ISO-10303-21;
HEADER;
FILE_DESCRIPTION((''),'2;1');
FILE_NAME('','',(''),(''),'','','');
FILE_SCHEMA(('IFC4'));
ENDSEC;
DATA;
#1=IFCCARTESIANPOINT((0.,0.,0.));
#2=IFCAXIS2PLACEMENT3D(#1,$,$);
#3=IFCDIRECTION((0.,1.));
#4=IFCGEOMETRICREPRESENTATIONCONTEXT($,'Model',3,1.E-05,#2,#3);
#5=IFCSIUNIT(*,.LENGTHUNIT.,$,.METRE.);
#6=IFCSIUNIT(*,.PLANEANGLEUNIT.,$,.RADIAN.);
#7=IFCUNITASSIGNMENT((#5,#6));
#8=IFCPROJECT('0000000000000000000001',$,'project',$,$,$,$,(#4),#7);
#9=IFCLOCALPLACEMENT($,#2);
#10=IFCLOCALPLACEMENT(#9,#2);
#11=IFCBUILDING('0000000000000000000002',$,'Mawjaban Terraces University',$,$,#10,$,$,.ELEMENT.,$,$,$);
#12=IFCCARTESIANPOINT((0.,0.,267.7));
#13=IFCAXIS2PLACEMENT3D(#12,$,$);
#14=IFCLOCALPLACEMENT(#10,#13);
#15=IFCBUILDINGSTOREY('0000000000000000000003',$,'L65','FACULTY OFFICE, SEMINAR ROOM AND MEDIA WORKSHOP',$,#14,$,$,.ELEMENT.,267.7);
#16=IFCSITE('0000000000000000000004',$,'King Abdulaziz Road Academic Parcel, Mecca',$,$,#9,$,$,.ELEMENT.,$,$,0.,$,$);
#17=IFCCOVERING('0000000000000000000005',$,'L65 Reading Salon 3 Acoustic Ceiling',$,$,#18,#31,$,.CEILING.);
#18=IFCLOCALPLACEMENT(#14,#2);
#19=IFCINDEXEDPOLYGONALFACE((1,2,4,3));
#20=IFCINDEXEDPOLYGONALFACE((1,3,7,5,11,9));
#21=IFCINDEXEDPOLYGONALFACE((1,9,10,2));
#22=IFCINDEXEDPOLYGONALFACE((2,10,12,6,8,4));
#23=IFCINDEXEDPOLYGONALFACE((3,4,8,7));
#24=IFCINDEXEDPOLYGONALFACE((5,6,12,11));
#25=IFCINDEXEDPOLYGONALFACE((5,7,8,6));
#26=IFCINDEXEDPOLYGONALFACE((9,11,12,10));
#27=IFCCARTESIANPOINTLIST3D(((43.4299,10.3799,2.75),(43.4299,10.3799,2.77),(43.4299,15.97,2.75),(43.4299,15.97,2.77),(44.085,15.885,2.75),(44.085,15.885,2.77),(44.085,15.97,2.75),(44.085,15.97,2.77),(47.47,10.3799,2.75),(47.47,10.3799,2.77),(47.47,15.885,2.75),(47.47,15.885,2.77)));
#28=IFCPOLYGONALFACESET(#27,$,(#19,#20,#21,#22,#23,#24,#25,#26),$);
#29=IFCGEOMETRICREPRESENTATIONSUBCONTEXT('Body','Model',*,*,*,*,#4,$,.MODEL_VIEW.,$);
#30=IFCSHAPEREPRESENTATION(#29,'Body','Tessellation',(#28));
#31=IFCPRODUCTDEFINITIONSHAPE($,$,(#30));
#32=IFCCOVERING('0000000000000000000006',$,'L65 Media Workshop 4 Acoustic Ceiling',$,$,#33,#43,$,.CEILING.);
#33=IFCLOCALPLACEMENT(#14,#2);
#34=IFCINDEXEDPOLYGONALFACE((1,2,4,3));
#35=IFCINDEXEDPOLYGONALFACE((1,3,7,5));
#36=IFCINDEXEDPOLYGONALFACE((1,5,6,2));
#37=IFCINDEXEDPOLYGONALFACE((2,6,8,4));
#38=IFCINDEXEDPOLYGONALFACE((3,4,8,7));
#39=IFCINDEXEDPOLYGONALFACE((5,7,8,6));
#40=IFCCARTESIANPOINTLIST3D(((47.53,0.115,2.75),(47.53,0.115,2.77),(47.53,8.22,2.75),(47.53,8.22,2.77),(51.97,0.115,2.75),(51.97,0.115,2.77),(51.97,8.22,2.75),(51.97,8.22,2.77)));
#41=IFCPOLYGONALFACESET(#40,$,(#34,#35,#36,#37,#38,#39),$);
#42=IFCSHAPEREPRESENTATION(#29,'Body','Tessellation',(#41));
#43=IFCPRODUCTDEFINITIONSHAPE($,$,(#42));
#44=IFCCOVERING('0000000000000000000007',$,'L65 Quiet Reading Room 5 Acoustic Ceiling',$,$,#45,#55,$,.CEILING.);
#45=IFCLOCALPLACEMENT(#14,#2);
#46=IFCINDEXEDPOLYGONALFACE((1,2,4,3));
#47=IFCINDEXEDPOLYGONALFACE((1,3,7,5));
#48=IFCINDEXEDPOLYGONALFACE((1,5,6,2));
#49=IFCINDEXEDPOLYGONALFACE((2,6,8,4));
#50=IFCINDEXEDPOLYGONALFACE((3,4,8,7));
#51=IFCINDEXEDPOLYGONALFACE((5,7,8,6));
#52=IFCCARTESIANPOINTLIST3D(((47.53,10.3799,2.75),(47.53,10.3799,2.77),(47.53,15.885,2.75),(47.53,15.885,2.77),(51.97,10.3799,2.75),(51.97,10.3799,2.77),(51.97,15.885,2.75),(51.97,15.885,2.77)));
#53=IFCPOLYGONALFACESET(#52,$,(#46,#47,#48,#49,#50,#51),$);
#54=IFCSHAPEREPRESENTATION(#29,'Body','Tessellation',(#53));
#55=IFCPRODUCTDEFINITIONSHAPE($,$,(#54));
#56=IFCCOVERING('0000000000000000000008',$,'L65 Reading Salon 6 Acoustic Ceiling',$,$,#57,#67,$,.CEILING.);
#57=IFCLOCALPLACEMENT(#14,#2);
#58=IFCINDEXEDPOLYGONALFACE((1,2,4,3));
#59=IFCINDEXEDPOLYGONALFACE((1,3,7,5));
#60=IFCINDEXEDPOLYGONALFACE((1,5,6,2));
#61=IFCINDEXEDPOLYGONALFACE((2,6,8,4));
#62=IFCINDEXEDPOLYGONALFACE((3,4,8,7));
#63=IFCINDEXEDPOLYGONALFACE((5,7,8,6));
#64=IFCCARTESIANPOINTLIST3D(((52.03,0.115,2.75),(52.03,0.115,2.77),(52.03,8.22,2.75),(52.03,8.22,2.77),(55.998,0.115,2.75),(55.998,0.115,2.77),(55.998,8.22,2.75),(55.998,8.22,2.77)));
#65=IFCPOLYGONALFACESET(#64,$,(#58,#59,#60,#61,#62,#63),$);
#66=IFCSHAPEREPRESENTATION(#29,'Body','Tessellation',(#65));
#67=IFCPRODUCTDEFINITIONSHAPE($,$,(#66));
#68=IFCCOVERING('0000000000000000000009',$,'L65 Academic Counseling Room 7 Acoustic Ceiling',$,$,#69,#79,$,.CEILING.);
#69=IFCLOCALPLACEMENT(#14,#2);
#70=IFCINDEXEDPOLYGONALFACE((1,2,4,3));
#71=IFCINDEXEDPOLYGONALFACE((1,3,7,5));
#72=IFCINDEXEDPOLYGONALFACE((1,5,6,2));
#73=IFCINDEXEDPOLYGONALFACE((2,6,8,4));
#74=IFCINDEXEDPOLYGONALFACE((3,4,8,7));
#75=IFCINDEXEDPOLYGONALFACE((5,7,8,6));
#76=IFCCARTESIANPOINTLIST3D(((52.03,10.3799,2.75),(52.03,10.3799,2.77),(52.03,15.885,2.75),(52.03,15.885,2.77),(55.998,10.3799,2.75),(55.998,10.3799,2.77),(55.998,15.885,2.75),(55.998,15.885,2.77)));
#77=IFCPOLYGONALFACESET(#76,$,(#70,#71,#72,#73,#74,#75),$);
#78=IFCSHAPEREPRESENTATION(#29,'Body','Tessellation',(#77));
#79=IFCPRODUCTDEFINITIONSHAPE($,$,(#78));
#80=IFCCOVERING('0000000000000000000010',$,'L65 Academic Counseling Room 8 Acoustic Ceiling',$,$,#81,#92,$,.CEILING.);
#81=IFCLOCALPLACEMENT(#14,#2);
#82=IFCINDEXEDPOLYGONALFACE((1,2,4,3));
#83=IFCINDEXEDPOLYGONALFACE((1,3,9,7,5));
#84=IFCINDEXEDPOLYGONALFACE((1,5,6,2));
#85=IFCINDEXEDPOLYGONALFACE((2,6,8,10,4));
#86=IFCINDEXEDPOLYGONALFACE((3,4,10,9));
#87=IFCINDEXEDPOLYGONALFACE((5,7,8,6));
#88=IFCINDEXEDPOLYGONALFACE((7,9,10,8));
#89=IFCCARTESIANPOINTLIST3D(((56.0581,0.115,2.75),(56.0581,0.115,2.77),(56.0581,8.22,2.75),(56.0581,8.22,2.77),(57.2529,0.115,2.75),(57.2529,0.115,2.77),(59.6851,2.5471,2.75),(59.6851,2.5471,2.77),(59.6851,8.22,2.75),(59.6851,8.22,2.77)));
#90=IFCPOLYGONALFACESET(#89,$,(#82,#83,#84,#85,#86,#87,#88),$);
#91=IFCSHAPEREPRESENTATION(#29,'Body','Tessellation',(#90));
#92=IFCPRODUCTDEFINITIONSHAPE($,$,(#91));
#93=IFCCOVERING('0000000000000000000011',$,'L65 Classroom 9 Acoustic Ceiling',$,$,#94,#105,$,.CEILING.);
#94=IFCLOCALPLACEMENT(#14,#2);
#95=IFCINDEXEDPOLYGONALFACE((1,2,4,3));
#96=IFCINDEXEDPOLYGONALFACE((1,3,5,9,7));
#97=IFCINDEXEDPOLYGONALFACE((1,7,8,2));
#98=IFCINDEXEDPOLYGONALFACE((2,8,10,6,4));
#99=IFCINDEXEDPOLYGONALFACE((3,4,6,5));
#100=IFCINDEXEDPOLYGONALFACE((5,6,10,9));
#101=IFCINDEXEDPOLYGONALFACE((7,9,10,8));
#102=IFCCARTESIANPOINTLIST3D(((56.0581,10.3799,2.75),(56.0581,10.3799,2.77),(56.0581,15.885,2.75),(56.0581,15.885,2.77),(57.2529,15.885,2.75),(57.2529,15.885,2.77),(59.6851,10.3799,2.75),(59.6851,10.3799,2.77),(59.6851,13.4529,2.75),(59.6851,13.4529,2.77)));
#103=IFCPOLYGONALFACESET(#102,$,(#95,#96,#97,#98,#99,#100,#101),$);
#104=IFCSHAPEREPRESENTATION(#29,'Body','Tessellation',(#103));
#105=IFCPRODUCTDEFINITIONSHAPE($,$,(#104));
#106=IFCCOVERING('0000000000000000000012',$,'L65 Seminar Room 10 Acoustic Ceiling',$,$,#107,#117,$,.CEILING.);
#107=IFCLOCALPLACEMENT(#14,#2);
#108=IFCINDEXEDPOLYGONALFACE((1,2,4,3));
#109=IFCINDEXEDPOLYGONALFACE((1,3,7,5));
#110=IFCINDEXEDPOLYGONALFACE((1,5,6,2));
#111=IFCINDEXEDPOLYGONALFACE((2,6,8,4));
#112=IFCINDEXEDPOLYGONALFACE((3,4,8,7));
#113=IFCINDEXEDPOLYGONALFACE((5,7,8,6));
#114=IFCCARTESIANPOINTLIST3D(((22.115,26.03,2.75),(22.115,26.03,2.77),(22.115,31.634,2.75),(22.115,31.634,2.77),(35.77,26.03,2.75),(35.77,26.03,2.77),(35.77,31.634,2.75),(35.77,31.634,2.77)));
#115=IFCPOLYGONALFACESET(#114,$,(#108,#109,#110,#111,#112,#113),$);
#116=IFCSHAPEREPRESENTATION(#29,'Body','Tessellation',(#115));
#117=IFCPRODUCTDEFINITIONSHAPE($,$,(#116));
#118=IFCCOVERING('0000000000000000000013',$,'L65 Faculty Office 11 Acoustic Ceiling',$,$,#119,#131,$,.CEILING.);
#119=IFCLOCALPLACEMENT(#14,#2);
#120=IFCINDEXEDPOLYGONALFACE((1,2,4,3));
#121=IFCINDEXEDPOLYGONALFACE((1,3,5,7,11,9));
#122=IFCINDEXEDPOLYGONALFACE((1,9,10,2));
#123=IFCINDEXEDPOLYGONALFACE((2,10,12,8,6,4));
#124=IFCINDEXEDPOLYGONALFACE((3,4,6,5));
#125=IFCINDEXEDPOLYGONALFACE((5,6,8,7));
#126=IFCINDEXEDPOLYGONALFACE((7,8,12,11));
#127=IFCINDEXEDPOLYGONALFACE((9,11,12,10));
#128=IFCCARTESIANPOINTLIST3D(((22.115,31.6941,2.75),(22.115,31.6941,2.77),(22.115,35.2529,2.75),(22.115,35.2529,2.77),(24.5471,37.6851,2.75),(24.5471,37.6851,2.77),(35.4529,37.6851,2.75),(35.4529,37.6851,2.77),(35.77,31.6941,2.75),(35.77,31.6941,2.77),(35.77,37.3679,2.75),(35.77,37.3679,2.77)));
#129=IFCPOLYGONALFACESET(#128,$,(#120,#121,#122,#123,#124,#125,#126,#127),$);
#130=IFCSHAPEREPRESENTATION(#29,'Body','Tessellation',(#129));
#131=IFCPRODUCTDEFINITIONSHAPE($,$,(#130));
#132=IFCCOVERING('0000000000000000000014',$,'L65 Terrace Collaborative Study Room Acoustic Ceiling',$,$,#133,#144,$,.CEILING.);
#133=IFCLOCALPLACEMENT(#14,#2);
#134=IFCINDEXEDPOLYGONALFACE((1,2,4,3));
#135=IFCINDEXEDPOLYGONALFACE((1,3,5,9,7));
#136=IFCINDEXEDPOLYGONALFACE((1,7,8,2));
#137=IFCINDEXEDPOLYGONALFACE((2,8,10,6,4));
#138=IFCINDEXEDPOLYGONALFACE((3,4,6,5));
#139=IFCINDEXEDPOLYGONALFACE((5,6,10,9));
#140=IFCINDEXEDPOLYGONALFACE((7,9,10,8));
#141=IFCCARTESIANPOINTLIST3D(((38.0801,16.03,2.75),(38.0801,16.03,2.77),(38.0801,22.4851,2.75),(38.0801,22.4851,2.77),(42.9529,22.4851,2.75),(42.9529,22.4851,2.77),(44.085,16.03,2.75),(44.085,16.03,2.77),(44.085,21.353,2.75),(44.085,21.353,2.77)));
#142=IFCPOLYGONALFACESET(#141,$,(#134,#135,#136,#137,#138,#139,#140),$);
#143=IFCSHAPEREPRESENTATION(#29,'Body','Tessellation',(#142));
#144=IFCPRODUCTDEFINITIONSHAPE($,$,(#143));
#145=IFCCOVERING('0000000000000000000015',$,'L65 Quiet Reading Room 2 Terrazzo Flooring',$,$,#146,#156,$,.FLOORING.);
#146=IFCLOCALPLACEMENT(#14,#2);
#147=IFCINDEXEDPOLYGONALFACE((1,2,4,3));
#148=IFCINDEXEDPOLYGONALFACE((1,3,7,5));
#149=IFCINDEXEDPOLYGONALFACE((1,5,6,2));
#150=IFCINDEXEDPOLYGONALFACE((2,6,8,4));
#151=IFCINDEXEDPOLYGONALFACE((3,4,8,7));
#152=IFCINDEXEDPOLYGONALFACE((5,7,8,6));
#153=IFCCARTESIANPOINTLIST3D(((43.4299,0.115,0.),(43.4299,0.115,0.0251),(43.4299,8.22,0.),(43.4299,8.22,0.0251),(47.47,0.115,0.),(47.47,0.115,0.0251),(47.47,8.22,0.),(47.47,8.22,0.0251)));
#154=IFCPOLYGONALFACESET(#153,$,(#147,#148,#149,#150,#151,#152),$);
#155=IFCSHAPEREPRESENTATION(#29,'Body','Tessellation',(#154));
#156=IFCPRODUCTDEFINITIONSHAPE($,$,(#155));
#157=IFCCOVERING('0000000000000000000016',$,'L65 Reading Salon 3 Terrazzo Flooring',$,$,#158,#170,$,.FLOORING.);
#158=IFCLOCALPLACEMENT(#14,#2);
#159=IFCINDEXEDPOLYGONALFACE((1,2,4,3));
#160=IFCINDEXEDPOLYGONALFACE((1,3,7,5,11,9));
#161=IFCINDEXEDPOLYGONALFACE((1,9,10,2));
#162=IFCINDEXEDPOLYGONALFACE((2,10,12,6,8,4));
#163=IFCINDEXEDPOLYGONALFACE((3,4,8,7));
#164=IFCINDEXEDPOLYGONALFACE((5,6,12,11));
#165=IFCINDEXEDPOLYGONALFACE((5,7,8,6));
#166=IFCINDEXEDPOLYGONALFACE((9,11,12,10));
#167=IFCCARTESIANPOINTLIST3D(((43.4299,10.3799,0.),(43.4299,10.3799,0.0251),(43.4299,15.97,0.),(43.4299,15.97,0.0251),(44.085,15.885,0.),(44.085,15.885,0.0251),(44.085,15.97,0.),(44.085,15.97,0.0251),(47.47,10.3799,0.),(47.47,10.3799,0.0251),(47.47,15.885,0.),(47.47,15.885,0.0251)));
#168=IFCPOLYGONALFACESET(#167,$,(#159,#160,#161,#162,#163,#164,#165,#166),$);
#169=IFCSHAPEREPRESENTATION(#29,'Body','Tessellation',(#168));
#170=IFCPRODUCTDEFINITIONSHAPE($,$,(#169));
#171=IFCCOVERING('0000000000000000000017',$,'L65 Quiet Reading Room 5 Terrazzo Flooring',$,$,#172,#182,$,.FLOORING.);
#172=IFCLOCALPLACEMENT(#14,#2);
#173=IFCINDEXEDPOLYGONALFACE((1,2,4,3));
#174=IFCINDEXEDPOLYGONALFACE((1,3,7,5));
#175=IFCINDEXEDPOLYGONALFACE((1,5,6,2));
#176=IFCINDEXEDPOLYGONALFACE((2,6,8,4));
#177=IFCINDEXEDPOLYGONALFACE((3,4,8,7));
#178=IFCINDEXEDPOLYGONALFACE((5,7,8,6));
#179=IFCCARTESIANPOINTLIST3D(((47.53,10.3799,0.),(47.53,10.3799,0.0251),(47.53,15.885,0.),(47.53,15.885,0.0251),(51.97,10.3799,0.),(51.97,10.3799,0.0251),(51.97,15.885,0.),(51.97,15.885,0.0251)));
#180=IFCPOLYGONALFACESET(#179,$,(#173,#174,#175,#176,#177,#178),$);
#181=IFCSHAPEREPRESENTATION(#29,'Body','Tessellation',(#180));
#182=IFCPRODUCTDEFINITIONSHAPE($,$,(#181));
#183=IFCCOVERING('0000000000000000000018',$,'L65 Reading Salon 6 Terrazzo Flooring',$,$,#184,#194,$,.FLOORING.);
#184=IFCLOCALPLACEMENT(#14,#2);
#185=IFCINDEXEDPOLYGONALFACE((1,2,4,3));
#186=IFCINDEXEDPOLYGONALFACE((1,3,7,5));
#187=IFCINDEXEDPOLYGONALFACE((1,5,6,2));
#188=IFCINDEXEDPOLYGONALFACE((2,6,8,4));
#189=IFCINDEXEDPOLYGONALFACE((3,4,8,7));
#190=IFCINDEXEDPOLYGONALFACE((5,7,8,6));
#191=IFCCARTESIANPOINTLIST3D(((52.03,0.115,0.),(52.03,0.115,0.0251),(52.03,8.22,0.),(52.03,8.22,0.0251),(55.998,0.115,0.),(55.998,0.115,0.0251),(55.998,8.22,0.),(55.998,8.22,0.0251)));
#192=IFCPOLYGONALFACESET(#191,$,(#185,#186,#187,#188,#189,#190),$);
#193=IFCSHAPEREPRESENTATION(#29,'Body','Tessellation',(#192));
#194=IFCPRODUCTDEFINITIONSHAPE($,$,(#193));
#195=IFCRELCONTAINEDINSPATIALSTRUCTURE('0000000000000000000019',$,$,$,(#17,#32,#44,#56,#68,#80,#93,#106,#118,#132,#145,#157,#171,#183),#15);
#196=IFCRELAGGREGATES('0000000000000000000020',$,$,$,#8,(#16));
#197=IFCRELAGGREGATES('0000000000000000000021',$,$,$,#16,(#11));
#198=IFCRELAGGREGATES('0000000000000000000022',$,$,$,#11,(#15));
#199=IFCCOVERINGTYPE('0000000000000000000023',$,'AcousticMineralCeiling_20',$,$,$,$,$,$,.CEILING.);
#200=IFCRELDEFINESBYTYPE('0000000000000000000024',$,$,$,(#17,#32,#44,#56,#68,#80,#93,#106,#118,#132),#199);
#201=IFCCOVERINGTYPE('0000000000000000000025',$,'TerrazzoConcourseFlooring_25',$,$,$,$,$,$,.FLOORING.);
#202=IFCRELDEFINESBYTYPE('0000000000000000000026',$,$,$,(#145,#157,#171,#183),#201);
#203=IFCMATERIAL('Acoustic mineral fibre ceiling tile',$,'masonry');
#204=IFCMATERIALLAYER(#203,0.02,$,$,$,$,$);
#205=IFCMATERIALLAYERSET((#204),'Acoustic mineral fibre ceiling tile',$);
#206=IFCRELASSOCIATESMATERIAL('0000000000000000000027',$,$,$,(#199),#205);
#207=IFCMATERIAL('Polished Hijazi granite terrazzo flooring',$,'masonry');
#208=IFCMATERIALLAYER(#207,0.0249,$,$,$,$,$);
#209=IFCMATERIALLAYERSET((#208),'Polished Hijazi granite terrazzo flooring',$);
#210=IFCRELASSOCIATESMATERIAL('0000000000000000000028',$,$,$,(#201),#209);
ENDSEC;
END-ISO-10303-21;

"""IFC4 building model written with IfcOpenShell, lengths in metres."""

from ifc_helpers import new_model, si_unit, direction, frame, origin, place, context, subcontext, project, spatial, polyline, outline, extrude, material, layer, layer_set, type_object, element, save


model = new_model("IFC4")

# Units and contexts
model_context = context("Model", 3, precision=1e-05, world=origin(), true_north=direction((0.0, 1.0)))
body_context = subcontext(model_context, "Body", "Model", "MODEL_VIEW")
ifc_project = project(units=[si_unit("LENGTHUNIT", "METRE"), si_unit("PLANEANGLEUNIT", "RADIAN")], contexts=[model_context])

# Site, building, storey
site_placement = place(None, origin())
site = spatial("IfcSite", under=ifc_project, at=site_placement, Name="King Abdulaziz Road Academic Parcel, Mecca", CompositionType="ELEMENT", RefElevation=0.0)
building_placement = place(site_placement, origin())
building = spatial("IfcBuilding", under=site, at=building_placement, Name="Mawjaban Terraces University", CompositionType="ELEMENT")
storey_placement = place(building_placement, frame((0.0, 0.0, 267.7)))
storey = spatial("IfcBuildingStorey", under=building, at=storey_placement, Name="L65", Description="FACULTY OFFICE, SEMINAR ROOM AND MEDIA WORKSHOP", CompositionType="ELEMENT", Elevation=267.7)

# Coverings
ifc_material_1 = material(Name="Acoustic mineral fibre ceiling tile", Category="masonry")
ifc_layer_1 = layer(ifc_material_1, 0.02)
ifc_layer_set_1 = layer_set([ifc_layer_1], Name="Acoustic mineral fibre ceiling tile")
covering_type_1 = type_object("IfcCoveringType", Name="AcousticMineralCeiling_20", PredefinedType="CEILING", material=ifc_layer_set_1)
covering_1_placement = place(storey_placement, frame((0.0, 0.0, 2.75)))
element("IfcCovering", 1, at=covering_1_placement, inside=storey, type_object=covering_type_1, Name="L65 Reading Salon 3 Acoustic Ceiling", PredefinedType="CEILING", context=body_context, shape_type="SweptSolid", body=[
    extrude(outline(polyline([(47.47, 15.885), (44.085, 15.885), (44.085, 15.97), (43.4299, 15.97), (43.4299, 10.3799), (47.47, 10.3799), (47.47, 15.885)])), origin(), (0.0, 0.0, 1.0), 0.02),
])
covering_2_placement = place(storey_placement, frame((0.0, 0.0, 2.75)))
element("IfcCovering", 2, at=covering_2_placement, inside=storey, type_object=covering_type_1, Name="L65 Media Workshop 4 Acoustic Ceiling", PredefinedType="CEILING", context=body_context, shape_type="SweptSolid", body=[
    extrude(outline(polyline([(47.53, 0.115), (51.97, 0.115), (51.97, 8.22), (47.53, 8.22), (47.53, 0.115)])), origin(), (0.0, 0.0, 1.0), 0.02),
])
covering_3_placement = place(storey_placement, frame((0.0, 0.0, 2.75)))
element("IfcCovering", 3, at=covering_3_placement, inside=storey, type_object=covering_type_1, Name="L65 Quiet Reading Room 5 Acoustic Ceiling", PredefinedType="CEILING", context=body_context, shape_type="SweptSolid", body=[
    extrude(outline(polyline([(51.97, 15.885), (47.53, 15.885), (47.53, 10.3799), (51.97, 10.3799), (51.97, 15.885)])), origin(), (0.0, 0.0, 1.0), 0.02),
])
covering_4_placement = place(storey_placement, frame((0.0, 0.0, 2.75)))
element("IfcCovering", 4, at=covering_4_placement, inside=storey, type_object=covering_type_1, Name="L65 Reading Salon 6 Acoustic Ceiling", PredefinedType="CEILING", context=body_context, shape_type="SweptSolid", body=[
    extrude(outline(polyline([(52.03, 0.115), (55.998, 0.115), (55.998, 8.22), (52.03, 8.22), (52.03, 0.115)])), origin(), (0.0, 0.0, 1.0), 0.02),
])
covering_5_placement = place(storey_placement, frame((0.0, 0.0, 2.75)))
element("IfcCovering", 5, at=covering_5_placement, inside=storey, type_object=covering_type_1, Name="L65 Academic Counseling Room 7 Acoustic Ceiling", PredefinedType="CEILING", context=body_context, shape_type="SweptSolid", body=[
    extrude(outline(polyline([(55.998, 15.885), (52.03, 15.885), (52.03, 10.3799), (55.998, 10.3799), (55.998, 15.885)])), origin(), (0.0, 0.0, 1.0), 0.02),
])
covering_6_placement = place(storey_placement, frame((0.0, 0.0, 2.75)))
element("IfcCovering", 6, at=covering_6_placement, inside=storey, type_object=covering_type_1, Name="L65 Academic Counseling Room 8 Acoustic Ceiling", PredefinedType="CEILING", context=body_context, shape_type="SweptSolid", body=[
    extrude(outline(polyline([(56.0581, 0.115), (57.2529, 0.115), (59.6851, 2.5471), (59.6851, 8.22), (56.0581, 8.22), (56.0581, 0.115)])), origin(), (0.0, 0.0, 1.0), 0.02),
])
covering_7_placement = place(storey_placement, frame((0.0, 0.0, 2.75)))
element("IfcCovering", 7, at=covering_7_placement, inside=storey, type_object=covering_type_1, Name="L65 Classroom 9 Acoustic Ceiling", PredefinedType="CEILING", context=body_context, shape_type="SweptSolid", body=[
    extrude(outline(polyline([(59.6851, 10.3799), (59.6851, 13.4529), (57.2529, 15.885), (56.0581, 15.885), (56.0581, 10.3799), (59.6851, 10.3799)])), origin(), (0.0, 0.0, 1.0), 0.02),
])
covering_8_placement = place(storey_placement, frame((0.0, 0.0, 2.75)))
element("IfcCovering", 8, at=covering_8_placement, inside=storey, type_object=covering_type_1, Name="L65 Seminar Room 10 Acoustic Ceiling", PredefinedType="CEILING", context=body_context, shape_type="SweptSolid", body=[
    extrude(outline(polyline([(22.115, 31.634), (22.115, 26.03), (35.77, 26.03), (35.77, 31.634), (22.115, 31.634)])), origin(), (0.0, 0.0, 1.0), 0.02),
])
covering_9_placement = place(storey_placement, frame((0.0, 0.0, 2.75)))
element("IfcCovering", 9, at=covering_9_placement, inside=storey, type_object=covering_type_1, Name="L65 Faculty Office 11 Acoustic Ceiling", PredefinedType="CEILING", context=body_context, shape_type="SweptSolid", body=[
    extrude(outline(polyline([(35.77, 37.3679), (35.4529, 37.6851), (24.5471, 37.6851), (22.115, 35.2529), (22.115, 31.6941), (35.77, 31.6941), (35.77, 37.3679)])), origin(), (0.0, 0.0, 1.0), 0.02),
])
covering_10_placement = place(storey_placement, frame((0.0, 0.0, 2.75)))
element("IfcCovering", 10, at=covering_10_placement, inside=storey, type_object=covering_type_1, Name="L65 Terrace Collaborative Study Room Acoustic Ceiling", PredefinedType="CEILING", context=body_context, shape_type="SweptSolid", body=[
    extrude(outline(polyline([(44.085, 16.03), (44.085, 21.353), (42.9529, 22.4851), (38.0801, 22.4851), (38.0801, 16.03), (44.085, 16.03)])), origin(), (0.0, 0.0, 1.0), 0.02),
])
ifc_material_2 = material(Name="Polished Hijazi granite terrazzo flooring", Category="masonry")
ifc_layer_2 = layer(ifc_material_2, 0.0249)
ifc_layer_set_2 = layer_set([ifc_layer_2], Name="Polished Hijazi granite terrazzo flooring")
covering_type_2 = type_object("IfcCoveringType", Name="TerrazzoConcourseFlooring_25", PredefinedType="FLOORING", material=ifc_layer_set_2)
covering_11_placement = place(storey_placement, origin())
element("IfcCovering", 11, at=covering_11_placement, inside=storey, type_object=covering_type_2, Name="L65 Quiet Reading Room 2 Terrazzo Flooring", PredefinedType="FLOORING", context=body_context, shape_type="SweptSolid", body=[
    extrude(outline(polyline([(43.4299, 0.115), (47.47, 0.115), (47.47, 8.22), (43.4299, 8.22), (43.4299, 0.115)])), origin(), (0.0, 0.0, 1.0), 0.0251),
])
covering_12_placement = place(storey_placement, origin())
element("IfcCovering", 12, at=covering_12_placement, inside=storey, type_object=covering_type_2, Name="L65 Reading Salon 3 Terrazzo Flooring", PredefinedType="FLOORING", context=body_context, shape_type="SweptSolid", body=[
    extrude(outline(polyline([(47.47, 15.885), (44.085, 15.885), (44.085, 15.97), (43.4299, 15.97), (43.4299, 10.3799), (47.47, 10.3799), (47.47, 15.885)])), origin(), (0.0, 0.0, 1.0), 0.0251),
])
covering_13_placement = place(storey_placement, origin())
element("IfcCovering", 13, at=covering_13_placement, inside=storey, type_object=covering_type_2, Name="L65 Quiet Reading Room 5 Terrazzo Flooring", PredefinedType="FLOORING", context=body_context, shape_type="SweptSolid", body=[
    extrude(outline(polyline([(51.97, 15.885), (47.53, 15.885), (47.53, 10.3799), (51.97, 10.3799), (51.97, 15.885)])), origin(), (0.0, 0.0, 1.0), 0.0251),
])
covering_14_placement = place(storey_placement, origin())
element("IfcCovering", 14, at=covering_14_placement, inside=storey, type_object=covering_type_2, Name="L65 Reading Salon 6 Terrazzo Flooring", PredefinedType="FLOORING", context=body_context, shape_type="SweptSolid", body=[
    extrude(outline(polyline([(52.03, 0.115), (55.998, 0.115), (55.998, 8.22), (52.03, 8.22), (52.03, 0.115)])), origin(), (0.0, 0.0, 1.0), 0.0251),
])

save(model, "model.ifc")
